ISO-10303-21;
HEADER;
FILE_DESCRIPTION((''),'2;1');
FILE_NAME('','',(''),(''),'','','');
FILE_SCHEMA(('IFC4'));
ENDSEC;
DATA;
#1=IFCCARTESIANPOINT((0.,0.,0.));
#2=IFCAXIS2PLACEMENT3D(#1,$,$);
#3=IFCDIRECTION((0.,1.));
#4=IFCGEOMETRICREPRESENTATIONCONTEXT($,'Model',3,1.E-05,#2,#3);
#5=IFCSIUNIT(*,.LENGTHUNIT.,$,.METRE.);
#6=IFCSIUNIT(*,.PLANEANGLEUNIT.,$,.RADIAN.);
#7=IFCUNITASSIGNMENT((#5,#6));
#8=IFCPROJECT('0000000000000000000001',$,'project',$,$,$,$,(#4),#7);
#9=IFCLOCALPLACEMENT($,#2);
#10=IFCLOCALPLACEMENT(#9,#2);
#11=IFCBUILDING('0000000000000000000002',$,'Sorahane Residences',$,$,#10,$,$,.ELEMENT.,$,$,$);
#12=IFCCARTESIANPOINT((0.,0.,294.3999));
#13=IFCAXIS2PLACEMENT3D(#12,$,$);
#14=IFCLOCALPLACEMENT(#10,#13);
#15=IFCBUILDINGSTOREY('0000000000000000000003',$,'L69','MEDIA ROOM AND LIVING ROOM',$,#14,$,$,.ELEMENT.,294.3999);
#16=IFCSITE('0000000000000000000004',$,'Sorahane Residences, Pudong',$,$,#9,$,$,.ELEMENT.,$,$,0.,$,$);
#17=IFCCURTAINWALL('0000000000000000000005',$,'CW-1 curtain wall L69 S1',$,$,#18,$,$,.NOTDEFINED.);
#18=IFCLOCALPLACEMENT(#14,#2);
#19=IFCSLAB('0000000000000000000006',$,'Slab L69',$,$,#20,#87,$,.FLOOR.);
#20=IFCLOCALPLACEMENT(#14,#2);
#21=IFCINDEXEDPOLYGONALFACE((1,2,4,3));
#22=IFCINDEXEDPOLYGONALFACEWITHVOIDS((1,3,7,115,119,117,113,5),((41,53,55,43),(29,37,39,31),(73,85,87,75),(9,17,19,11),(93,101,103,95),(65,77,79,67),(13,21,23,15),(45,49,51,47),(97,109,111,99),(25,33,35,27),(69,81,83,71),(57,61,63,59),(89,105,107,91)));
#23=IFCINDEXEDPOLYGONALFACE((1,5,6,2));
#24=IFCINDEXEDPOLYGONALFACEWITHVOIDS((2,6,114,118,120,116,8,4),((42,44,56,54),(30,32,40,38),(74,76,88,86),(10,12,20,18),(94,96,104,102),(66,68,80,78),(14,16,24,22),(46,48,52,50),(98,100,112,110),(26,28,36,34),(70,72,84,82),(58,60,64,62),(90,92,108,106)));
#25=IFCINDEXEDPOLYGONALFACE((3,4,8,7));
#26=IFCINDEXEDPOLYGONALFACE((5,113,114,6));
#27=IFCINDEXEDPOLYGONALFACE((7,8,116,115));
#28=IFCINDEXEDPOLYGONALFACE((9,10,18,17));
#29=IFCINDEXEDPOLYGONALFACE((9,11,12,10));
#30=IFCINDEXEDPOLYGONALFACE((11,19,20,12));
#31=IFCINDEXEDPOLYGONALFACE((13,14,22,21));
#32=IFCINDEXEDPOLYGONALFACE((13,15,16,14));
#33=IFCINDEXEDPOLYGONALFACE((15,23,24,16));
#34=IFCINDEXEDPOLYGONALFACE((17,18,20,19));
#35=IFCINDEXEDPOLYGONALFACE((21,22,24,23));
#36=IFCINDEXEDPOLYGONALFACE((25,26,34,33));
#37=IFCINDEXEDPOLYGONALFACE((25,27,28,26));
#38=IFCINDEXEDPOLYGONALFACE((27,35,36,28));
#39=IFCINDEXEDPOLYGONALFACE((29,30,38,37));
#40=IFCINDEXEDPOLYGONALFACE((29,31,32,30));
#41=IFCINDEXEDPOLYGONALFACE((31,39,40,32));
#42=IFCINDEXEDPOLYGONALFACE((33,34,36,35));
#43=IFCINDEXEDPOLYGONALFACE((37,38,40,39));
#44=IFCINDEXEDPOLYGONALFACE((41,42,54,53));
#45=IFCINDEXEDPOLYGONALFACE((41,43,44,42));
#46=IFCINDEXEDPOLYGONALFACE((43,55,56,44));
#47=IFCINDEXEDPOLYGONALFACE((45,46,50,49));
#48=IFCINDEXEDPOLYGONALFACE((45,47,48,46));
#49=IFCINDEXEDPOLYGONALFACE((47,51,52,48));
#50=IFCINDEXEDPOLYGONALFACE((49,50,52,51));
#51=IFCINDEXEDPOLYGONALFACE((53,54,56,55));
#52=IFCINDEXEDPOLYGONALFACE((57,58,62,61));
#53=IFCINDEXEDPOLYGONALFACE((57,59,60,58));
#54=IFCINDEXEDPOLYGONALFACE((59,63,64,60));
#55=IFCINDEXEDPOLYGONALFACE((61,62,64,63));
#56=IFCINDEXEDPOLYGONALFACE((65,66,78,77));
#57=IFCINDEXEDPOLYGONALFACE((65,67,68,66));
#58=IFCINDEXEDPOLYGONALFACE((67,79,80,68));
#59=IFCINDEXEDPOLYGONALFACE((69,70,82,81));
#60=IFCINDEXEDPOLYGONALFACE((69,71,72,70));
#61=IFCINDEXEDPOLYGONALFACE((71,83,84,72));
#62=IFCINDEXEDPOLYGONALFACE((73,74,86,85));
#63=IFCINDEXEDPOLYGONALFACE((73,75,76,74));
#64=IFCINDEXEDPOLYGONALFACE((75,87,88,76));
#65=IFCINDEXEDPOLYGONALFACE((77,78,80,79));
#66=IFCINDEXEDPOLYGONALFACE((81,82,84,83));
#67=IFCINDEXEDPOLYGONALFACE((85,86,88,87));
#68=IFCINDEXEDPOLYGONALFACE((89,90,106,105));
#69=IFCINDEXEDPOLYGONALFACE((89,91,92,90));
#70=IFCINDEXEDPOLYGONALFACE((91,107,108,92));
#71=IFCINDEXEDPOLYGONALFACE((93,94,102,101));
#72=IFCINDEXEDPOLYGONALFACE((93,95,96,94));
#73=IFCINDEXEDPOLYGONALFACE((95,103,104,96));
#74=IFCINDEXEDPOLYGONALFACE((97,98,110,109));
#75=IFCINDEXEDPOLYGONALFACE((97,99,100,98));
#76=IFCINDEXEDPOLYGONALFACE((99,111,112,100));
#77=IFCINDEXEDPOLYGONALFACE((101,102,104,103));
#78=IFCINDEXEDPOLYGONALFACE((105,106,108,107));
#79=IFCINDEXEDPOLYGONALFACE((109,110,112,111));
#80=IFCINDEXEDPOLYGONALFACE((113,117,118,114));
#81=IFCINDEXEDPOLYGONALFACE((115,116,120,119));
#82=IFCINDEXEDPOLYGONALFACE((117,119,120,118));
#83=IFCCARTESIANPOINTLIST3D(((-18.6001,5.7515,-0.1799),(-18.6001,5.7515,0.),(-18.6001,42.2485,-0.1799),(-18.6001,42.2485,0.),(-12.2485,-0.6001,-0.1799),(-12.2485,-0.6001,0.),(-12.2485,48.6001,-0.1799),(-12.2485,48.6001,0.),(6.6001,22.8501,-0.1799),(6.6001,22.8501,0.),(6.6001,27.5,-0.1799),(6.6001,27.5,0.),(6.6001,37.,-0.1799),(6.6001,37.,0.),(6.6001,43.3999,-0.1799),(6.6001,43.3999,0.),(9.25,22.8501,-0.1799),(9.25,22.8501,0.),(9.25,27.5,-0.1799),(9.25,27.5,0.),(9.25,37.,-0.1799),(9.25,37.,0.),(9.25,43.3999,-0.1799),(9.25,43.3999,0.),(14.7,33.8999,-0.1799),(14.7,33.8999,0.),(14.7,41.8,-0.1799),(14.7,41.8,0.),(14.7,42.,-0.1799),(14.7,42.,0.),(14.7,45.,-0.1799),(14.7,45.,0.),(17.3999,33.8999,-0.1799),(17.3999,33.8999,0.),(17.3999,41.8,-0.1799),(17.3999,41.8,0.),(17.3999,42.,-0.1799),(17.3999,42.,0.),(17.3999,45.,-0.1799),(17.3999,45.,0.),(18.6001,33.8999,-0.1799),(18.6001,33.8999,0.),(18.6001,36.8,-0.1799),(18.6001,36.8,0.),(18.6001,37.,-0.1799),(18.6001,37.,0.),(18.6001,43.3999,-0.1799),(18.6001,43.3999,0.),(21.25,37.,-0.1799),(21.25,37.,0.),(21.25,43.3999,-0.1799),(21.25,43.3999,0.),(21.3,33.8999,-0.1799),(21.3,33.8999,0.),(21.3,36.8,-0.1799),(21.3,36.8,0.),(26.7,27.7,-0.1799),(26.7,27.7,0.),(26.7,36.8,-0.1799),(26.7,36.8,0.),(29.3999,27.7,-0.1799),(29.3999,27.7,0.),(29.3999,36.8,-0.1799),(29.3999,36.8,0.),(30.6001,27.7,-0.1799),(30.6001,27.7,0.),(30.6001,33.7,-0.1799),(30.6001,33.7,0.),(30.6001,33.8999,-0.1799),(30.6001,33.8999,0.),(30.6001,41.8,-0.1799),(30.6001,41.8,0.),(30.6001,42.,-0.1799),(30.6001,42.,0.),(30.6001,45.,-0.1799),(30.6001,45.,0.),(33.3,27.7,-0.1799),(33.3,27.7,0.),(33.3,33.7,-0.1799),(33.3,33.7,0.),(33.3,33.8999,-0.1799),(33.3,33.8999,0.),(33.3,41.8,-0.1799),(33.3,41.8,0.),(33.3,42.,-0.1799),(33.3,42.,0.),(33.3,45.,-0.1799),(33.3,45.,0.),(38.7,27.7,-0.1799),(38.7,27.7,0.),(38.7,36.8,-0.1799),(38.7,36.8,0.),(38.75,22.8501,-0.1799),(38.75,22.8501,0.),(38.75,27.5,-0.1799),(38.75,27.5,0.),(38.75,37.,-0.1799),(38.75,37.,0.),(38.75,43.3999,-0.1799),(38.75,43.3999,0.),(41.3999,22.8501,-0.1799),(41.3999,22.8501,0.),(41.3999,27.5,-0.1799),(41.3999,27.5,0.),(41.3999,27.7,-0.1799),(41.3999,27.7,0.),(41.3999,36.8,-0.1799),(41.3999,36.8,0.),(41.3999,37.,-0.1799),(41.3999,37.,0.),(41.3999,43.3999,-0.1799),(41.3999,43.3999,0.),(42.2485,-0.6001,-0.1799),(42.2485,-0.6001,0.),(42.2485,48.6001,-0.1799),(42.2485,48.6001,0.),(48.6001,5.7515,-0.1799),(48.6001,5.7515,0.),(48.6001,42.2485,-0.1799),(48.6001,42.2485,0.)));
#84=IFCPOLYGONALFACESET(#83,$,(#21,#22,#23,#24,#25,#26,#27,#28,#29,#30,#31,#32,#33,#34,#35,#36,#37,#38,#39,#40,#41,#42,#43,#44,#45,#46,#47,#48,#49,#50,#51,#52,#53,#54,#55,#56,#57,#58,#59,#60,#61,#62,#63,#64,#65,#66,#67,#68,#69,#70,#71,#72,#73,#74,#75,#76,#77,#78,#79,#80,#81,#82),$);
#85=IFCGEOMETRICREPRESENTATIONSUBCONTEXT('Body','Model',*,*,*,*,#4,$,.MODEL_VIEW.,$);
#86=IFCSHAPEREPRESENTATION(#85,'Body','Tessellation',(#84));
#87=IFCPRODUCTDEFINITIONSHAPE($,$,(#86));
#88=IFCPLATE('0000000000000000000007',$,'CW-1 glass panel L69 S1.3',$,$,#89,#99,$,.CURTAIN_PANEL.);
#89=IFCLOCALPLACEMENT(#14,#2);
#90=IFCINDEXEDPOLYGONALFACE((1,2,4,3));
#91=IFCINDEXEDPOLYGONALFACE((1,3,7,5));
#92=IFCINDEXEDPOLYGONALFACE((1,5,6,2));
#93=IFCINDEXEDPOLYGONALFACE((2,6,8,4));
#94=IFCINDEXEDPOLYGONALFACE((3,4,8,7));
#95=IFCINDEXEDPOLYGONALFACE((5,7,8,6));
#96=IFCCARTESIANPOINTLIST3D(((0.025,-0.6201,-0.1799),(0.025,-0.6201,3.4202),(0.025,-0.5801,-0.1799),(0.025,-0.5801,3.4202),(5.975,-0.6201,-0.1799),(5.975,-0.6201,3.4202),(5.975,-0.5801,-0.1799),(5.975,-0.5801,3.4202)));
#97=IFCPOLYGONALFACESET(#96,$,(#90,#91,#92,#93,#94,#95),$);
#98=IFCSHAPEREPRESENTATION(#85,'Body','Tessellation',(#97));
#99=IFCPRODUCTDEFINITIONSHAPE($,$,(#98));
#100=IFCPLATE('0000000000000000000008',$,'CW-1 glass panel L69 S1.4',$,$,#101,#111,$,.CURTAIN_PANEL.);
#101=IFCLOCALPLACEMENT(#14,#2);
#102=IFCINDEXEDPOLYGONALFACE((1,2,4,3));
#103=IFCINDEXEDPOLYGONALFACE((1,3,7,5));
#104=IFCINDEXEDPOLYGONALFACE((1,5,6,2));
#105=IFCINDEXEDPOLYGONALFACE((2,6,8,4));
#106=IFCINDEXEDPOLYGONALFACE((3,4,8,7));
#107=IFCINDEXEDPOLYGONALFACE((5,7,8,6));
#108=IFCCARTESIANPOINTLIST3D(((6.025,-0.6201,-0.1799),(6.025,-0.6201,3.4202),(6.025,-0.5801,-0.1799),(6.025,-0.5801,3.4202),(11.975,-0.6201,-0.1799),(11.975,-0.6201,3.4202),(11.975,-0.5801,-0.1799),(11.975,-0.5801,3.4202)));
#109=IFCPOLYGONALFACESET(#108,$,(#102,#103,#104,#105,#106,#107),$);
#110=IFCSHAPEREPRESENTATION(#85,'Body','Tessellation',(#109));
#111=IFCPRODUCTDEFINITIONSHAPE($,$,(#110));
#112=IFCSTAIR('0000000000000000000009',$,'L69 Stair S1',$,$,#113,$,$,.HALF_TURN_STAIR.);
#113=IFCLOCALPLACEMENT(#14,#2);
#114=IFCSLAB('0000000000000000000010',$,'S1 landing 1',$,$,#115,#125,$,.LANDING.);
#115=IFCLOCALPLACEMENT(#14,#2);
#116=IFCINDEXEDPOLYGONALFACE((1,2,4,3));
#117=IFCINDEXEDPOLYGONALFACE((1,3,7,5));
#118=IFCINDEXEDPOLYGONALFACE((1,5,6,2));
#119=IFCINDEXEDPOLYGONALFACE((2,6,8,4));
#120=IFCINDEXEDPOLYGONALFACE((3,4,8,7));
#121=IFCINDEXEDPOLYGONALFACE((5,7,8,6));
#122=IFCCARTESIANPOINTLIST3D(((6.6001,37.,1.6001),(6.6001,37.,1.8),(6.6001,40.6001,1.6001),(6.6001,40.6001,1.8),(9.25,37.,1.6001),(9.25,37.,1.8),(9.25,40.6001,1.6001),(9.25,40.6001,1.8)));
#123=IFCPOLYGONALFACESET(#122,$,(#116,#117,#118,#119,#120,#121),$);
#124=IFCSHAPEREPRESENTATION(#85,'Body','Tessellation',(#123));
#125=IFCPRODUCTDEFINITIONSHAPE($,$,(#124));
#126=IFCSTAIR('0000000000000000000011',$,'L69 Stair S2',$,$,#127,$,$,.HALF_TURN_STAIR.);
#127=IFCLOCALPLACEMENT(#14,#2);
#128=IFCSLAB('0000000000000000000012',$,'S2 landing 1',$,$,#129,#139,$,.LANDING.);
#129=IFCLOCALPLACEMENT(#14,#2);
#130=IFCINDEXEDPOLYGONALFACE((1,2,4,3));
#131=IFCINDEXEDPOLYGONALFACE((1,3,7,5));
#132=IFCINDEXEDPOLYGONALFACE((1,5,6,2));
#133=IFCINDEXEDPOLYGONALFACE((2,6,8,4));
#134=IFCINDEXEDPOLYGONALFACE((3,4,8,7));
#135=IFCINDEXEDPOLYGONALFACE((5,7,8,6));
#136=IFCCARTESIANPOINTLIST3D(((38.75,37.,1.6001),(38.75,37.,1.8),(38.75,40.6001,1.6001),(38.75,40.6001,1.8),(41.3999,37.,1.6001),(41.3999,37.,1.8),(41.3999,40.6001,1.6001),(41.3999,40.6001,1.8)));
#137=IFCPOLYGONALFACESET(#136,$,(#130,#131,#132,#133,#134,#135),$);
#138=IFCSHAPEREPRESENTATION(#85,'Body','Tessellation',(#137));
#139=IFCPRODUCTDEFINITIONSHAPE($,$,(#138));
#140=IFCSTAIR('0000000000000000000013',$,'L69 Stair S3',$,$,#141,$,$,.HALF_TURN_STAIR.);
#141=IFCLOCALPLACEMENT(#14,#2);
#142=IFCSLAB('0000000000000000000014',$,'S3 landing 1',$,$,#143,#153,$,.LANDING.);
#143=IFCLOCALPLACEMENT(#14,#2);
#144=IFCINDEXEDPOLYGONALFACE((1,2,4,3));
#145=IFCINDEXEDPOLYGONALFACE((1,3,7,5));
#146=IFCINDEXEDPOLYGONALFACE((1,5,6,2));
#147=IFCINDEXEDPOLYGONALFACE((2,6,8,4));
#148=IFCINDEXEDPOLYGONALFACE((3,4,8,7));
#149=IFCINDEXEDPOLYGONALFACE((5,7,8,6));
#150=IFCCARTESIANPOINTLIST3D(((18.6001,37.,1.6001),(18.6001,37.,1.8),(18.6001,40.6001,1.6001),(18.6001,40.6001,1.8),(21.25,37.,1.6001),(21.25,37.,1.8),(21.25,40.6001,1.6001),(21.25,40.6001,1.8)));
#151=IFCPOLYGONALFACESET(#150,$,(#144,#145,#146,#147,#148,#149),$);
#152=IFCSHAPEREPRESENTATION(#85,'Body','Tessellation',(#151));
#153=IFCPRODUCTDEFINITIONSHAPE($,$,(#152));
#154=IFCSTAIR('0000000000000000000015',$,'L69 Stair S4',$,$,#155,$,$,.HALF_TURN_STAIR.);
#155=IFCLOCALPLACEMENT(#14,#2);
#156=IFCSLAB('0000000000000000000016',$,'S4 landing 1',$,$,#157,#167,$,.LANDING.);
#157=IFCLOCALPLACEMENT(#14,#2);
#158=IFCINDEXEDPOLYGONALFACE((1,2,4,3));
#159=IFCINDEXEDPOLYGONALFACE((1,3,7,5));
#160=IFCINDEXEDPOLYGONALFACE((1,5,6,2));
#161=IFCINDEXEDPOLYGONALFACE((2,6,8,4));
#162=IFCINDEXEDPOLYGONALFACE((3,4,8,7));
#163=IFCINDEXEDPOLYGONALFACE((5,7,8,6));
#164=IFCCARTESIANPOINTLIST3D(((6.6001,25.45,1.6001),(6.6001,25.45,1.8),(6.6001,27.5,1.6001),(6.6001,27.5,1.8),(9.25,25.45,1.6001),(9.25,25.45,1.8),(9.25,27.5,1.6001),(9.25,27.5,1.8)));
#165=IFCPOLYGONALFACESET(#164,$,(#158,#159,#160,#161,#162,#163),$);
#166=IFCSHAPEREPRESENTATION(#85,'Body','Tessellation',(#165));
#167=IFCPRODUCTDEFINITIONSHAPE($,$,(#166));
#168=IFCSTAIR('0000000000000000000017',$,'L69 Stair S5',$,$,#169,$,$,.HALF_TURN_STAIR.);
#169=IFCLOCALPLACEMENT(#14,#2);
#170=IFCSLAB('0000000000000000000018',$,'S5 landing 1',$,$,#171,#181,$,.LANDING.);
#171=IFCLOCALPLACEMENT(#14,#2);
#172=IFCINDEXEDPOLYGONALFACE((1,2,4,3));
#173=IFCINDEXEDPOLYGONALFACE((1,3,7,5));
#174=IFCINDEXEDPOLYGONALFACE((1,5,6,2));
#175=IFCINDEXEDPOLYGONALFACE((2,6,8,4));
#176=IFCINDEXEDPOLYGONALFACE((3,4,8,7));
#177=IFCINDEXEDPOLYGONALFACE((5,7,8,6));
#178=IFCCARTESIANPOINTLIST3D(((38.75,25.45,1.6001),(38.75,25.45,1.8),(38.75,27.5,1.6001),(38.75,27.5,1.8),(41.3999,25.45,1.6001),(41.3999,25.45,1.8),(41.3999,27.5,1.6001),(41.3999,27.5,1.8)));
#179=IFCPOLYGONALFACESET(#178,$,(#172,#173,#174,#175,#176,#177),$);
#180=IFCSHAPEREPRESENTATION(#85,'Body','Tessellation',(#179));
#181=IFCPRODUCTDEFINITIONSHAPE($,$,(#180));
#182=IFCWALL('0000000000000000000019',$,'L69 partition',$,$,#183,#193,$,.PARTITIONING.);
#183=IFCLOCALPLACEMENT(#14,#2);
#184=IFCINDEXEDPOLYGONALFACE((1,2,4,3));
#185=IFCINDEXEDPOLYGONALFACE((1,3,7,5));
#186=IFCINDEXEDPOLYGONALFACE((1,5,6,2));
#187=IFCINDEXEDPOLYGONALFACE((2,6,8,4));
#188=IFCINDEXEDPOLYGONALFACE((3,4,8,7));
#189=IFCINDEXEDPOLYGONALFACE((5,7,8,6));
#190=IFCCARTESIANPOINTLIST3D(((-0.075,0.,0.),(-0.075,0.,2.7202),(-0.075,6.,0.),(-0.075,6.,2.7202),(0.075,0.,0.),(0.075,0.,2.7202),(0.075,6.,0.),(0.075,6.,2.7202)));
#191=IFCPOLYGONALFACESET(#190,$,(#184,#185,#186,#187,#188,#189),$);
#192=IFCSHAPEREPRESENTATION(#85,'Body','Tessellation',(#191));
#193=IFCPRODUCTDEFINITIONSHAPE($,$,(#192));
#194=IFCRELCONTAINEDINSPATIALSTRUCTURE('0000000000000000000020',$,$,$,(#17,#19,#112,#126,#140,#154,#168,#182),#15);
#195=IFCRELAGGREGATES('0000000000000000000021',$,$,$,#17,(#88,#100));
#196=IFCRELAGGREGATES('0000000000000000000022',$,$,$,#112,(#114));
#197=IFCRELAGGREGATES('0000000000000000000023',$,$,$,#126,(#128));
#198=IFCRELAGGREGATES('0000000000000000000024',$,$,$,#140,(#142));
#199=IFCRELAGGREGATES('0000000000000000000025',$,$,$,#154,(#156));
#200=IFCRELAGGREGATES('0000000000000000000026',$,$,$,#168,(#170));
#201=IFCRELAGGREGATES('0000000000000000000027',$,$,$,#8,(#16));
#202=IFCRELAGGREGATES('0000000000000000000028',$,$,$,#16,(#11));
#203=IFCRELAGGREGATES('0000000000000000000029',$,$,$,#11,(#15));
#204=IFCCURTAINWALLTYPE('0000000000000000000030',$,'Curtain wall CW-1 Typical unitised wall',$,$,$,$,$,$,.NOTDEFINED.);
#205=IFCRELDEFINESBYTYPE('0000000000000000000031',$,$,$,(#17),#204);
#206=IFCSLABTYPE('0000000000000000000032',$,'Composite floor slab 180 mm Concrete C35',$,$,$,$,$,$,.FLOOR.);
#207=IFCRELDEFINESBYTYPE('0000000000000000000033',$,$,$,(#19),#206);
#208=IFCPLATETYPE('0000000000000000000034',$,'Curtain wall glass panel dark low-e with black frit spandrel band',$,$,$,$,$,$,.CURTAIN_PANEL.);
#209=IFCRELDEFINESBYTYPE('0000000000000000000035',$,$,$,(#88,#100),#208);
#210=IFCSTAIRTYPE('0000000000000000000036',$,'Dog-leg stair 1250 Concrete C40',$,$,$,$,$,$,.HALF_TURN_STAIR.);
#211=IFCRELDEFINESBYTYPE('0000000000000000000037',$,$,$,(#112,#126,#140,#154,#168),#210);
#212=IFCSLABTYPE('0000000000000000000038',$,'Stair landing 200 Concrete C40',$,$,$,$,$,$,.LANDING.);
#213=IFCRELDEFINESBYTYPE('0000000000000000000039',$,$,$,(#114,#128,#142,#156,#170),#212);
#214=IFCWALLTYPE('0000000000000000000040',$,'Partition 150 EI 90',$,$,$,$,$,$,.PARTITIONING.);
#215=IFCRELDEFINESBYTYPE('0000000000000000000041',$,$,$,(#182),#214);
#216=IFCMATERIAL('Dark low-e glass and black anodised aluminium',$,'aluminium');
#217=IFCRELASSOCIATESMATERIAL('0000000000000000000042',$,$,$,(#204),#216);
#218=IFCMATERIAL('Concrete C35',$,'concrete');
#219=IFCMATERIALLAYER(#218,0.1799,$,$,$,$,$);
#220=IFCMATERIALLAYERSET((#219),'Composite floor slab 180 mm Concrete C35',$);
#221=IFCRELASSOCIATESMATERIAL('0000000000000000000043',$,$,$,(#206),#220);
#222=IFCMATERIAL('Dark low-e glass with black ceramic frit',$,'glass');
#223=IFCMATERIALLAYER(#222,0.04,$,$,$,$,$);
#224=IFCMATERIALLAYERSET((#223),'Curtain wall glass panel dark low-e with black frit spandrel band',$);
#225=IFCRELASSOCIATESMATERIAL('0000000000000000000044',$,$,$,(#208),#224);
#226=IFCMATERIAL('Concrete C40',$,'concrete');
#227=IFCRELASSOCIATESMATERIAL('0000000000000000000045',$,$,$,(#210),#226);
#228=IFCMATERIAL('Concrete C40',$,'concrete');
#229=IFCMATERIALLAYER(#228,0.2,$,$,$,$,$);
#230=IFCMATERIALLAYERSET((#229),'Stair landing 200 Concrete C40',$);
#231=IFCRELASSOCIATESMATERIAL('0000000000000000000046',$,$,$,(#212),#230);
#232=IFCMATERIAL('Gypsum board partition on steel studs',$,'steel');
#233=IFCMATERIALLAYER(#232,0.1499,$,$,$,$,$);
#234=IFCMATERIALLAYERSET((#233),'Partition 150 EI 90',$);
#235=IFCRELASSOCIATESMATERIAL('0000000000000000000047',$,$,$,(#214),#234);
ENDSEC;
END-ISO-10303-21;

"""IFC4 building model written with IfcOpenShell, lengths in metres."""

from ifc_helpers import new_model, si_unit, direction, frame, frame_2d, origin, origin_2d, place, context, subcontext, project, spatial, polyline, rectangle, outline, extrude, material, layer, layer_set, type_object, element, aggregate, save


model = new_model("IFC4")

# Units and contexts
model_context = context("Model", 3, precision=1e-05, world=origin(), true_north=direction((0.0, 1.0)))
body_context = subcontext(model_context, "Body", "Model", "MODEL_VIEW")
ifc_project = project(units=[si_unit("LENGTHUNIT", "METRE"), si_unit("PLANEANGLEUNIT", "RADIAN")], contexts=[model_context])

# Site, building, storey
site_placement = place(None, origin())
site = spatial("IfcSite", under=ifc_project, at=site_placement, Name="Sorahane Residences, Pudong", CompositionType="ELEMENT", RefElevation=0.0)
building_placement = place(site_placement, origin())
building = spatial("IfcBuilding", under=site, at=building_placement, Name="Sorahane Residences", CompositionType="ELEMENT")
storey_placement = place(building_placement, frame((0.0, 0.0, 294.3999)))
storey = spatial("IfcBuildingStorey", under=building, at=storey_placement, Name="L69", Description="MEDIA ROOM AND LIVING ROOM", CompositionType="ELEMENT", Elevation=294.3999)

# Curtain wall
ifc_material_1 = material(Name="Dark low-e glass and black anodised aluminium", Category="aluminium")
curtain_wall_type = type_object("IfcCurtainWallType", Name="Curtain wall CW-1 Typical unitised wall", PredefinedType="NOTDEFINED", material=ifc_material_1)
curtain_wall_placement = place(storey_placement, origin())
curtain_wall = element("IfcCurtainWall", 1, at=curtain_wall_placement, inside=storey, type_object=curtain_wall_type, Name="CW-1 curtain wall L69 S1", PredefinedType="NOTDEFINED")

# Slab
ifc_material_2 = material(Name="Concrete C35", Category="concrete")
ifc_layer_1 = layer(ifc_material_2, 0.1799)
ifc_layer_set_1 = layer_set([ifc_layer_1], Name="Composite floor slab 180 mm Concrete C35")
slab_type_1 = type_object("IfcSlabType", Name="Composite floor slab 180 mm Concrete C35", PredefinedType="FLOOR", material=ifc_layer_set_1)
slab_1_placement = place(storey_placement, frame((0.0, 0.0, -0.1799)))
element("IfcSlab", 2, at=slab_1_placement, inside=storey, type_object=slab_type_1, Name="Slab L69", PredefinedType="FLOOR", context=body_context, shape_type="SweptSolid", body=[
    extrude(outline(polyline([(-12.2485, -0.6001), (-18.6001, 5.7515), (-18.6001, 42.2485), (-12.2485, 48.6001), (42.2485, 48.6001), (48.6001, 42.2485), (48.6001, 5.7515), (42.2485, -0.6001), (-12.2485, -0.6001)]), holes=[polyline([(38.7, 27.7), (41.3999, 27.7), (41.3999, 36.8), (38.7, 36.8), (38.7, 27.7)]), polyline([(30.6001, 27.7), (33.3, 27.7), (33.3, 33.7), (30.6001, 33.7), (30.6001, 27.7)]), polyline([(30.6001, 42.0), (33.3, 42.0), (33.3, 45.0), (30.6001, 45.0), (30.6001, 42.0)]), polyline([(14.7, 42.0), (17.3999, 42.0), (17.3999, 45.0), (14.7, 45.0), (14.7, 42.0)]), polyline([(6.6001, 43.3999), (6.6001, 37.0), (9.25, 37.0), (9.25, 43.3999), (6.6001, 43.3999)]), polyline([(38.75, 43.3999), (38.75, 37.0), (41.3999, 37.0), (41.3999, 43.3999), (38.75, 43.3999)]), polyline([(18.6001, 43.3999), (18.6001, 37.0), (21.25, 37.0), (21.25, 43.3999), (18.6001, 43.3999)]), polyline([(9.25, 22.8501), (9.25, 27.5), (6.6001, 27.5), (6.6001, 22.8501), (9.25, 22.8501)]), polyline([(41.3999, 22.8501), (41.3999, 27.5), (38.75, 27.5), (38.75, 22.8501), (41.3999, 22.8501)]), polyline([(14.7, 33.8999), (17.3999, 33.8999), (17.3999, 41.8), (14.7, 41.8), (14.7, 33.8999)]), polyline([(30.6001, 33.8999), (33.3, 33.8999), (33.3, 41.8), (30.6001, 41.8), (30.6001, 33.8999)]), polyline([(18.6001, 33.8999), (21.3, 33.8999), (21.3, 36.8), (18.6001, 36.8), (18.6001, 33.8999)]), polyline([(26.7, 27.7), (29.3999, 27.7), (29.3999, 36.8), (26.7, 36.8), (26.7, 27.7)])]), origin(), (0.0, 0.0, 1.0), 0.1799),
])

# Plates
ifc_material_3 = material(Name="Dark low-e glass with black ceramic frit", Category="glass")
ifc_layer_2 = layer(ifc_material_3, 0.04)
ifc_layer_set_2 = layer_set([ifc_layer_2], Name="Curtain wall glass panel dark low-e with black frit spandrel band")
plate_type = type_object("IfcPlateType", Name="Curtain wall glass panel dark low-e with black frit spandrel band", PredefinedType="CURTAIN_PANEL", material=ifc_layer_set_2)
plate_1_placement = place(storey_placement, frame((3.0, -0.6001, -0.1799), z_axis=(0.0, 0.0, 1.0), x_axis=(1.0, 0.0, 0.0)))
plate_1 = element("IfcPlate", 3, at=plate_1_placement, type_object=plate_type, Name="CW-1 glass panel L69 S1.3", PredefinedType="CURTAIN_PANEL", context=body_context, shape_type="SweptSolid", body=[
    extrude(rectangle(XDim=5.95, YDim=0.04, at=origin_2d()), origin(), (0.0, 0.0, 1.0), 3.6001),
])
plate_2_placement = place(storey_placement, frame((9.0, -0.6001, -0.1799), z_axis=(0.0, 0.0, 1.0), x_axis=(1.0, 0.0, 0.0)))
plate_2 = element("IfcPlate", 4, at=plate_2_placement, type_object=plate_type, Name="CW-1 glass panel L69 S1.4", PredefinedType="CURTAIN_PANEL", context=body_context, shape_type="SweptSolid", body=[
    extrude(rectangle(XDim=5.95, YDim=0.04, at=origin_2d()), origin(), (0.0, 0.0, 1.0), 3.6001),
])
aggregate(curtain_wall, [plate_1, plate_2])

# Stairs, slabs
ifc_material_4 = material(Name="Concrete C40", Category="concrete")
stair_type = type_object("IfcStairType", Name="Dog-leg stair 1250 Concrete C40", PredefinedType="HALF_TURN_STAIR", material=ifc_material_4)
stair_1_placement = place(storey_placement, origin())
stair_1 = element("IfcStair", 5, at=stair_1_placement, inside=storey, type_object=stair_type, Name="L69 Stair S1", PredefinedType="HALF_TURN_STAIR")
ifc_material_5 = material(Name="Concrete C40", Category="concrete")
ifc_layer_3 = layer(ifc_material_5, 0.2)
ifc_layer_set_3 = layer_set([ifc_layer_3], Name="Stair landing 200 Concrete C40")
slab_type_2 = type_object("IfcSlabType", Name="Stair landing 200 Concrete C40", PredefinedType="LANDING", material=ifc_layer_set_3)
slab_2_placement = place(storey_placement, frame((0.0, 0.0, 1.6001)))
slab_2 = element("IfcSlab", 6, at=slab_2_placement, type_object=slab_type_2, Name="S1 landing 1", PredefinedType="LANDING", context=body_context, shape_type="SweptSolid", body=[
    extrude(outline(polyline([(6.6001, 40.6001), (6.6001, 37.0), (9.25, 37.0), (9.25, 40.6001), (6.6001, 40.6001)])), origin(), (0.0, 0.0, 1.0), 0.2),
])
aggregate(stair_1, [slab_2])
stair_2_placement = place(storey_placement, origin())
stair_2 = element("IfcStair", 7, at=stair_2_placement, inside=storey, type_object=stair_type, Name="L69 Stair S2", PredefinedType="HALF_TURN_STAIR")
slab_3_placement = place(storey_placement, frame((0.0, 0.0, 1.6001)))
slab_3 = element("IfcSlab", 8, at=slab_3_placement, type_object=slab_type_2, Name="S2 landing 1", PredefinedType="LANDING", context=body_context, shape_type="SweptSolid", body=[
    extrude(outline(polyline([(38.75, 40.6001), (38.75, 37.0), (41.3999, 37.0), (41.3999, 40.6001), (38.75, 40.6001)])), origin(), (0.0, 0.0, 1.0), 0.2),
])
aggregate(stair_2, [slab_3])
stair_3_placement = place(storey_placement, origin())
stair_3 = element("IfcStair", 9, at=stair_3_placement, inside=storey, type_object=stair_type, Name="L69 Stair S3", PredefinedType="HALF_TURN_STAIR")
slab_4_placement = place(storey_placement, frame((0.0, 0.0, 1.6001)))
slab_4 = element("IfcSlab", 10, at=slab_4_placement, type_object=slab_type_2, Name="S3 landing 1", PredefinedType="LANDING", context=body_context, shape_type="SweptSolid", body=[
    extrude(outline(polyline([(18.6001, 40.6001), (18.6001, 37.0), (21.25, 37.0), (21.25, 40.6001), (18.6001, 40.6001)])), origin(), (0.0, 0.0, 1.0), 0.2),
])
aggregate(stair_3, [slab_4])
stair_4_placement = place(storey_placement, origin())
stair_4 = element("IfcStair", 11, at=stair_4_placement, inside=storey, type_object=stair_type, Name="L69 Stair S4", PredefinedType="HALF_TURN_STAIR")
slab_5_placement = place(storey_placement, frame((0.0, 0.0, 1.6001)))
slab_5 = element("IfcSlab", 12, at=slab_5_placement, type_object=slab_type_2, Name="S4 landing 1", PredefinedType="LANDING", context=body_context, shape_type="SweptSolid", body=[
    extrude(outline(polyline([(9.25, 25.45), (9.25, 27.5), (6.6001, 27.5), (6.6001, 25.45), (9.25, 25.45)])), origin(), (0.0, 0.0, 1.0), 0.2),
])
aggregate(stair_4, [slab_5])
stair_5_placement = place(storey_placement, origin())
stair_5 = element("IfcStair", 13, at=stair_5_placement, inside=storey, type_object=stair_type, Name="L69 Stair S5", PredefinedType="HALF_TURN_STAIR")
slab_6_placement = place(storey_placement, frame((0.0, 0.0, 1.6001)))
slab_6 = element("IfcSlab", 14, at=slab_6_placement, type_object=slab_type_2, Name="S5 landing 1", PredefinedType="LANDING", context=body_context, shape_type="SweptSolid", body=[
    extrude(outline(polyline([(41.3999, 25.45), (41.3999, 27.5), (38.75, 27.5), (38.75, 25.45), (41.3999, 25.45)])), origin(), (0.0, 0.0, 1.0), 0.2),
])
aggregate(stair_5, [slab_6])

# Wall
ifc_material_6 = material(Name="Gypsum board partition on steel studs", Category="steel")
ifc_layer_4 = layer(ifc_material_6, 0.1499)
ifc_layer_set_4 = layer_set([ifc_layer_4], Name="Partition 150 EI 90")
wall_type_1 = type_object("IfcWallType", Name="Partition 150 EI 90", PredefinedType="PARTITIONING", material=ifc_layer_set_4)
wall_1_placement = place(storey_placement, frame((0.0, 0.0, 0.0), z_axis=(0.0, 0.0, 1.0), x_axis=(0.0, 1.0, 0.0)))
element("IfcWall", 15, at=wall_1_placement, inside=storey, type_object=wall_type_1, Name="L69 partition", PredefinedType="PARTITIONING", context=body_context, shape_type="SweptSolid", body=[
    extrude(rectangle(XDim=6.0, YDim=0.1499, at=frame_2d((3.0, 0.0))), origin(), (0.0, 0.0, 1.0), 2.7202),
])

save(model, "model.ifc")
